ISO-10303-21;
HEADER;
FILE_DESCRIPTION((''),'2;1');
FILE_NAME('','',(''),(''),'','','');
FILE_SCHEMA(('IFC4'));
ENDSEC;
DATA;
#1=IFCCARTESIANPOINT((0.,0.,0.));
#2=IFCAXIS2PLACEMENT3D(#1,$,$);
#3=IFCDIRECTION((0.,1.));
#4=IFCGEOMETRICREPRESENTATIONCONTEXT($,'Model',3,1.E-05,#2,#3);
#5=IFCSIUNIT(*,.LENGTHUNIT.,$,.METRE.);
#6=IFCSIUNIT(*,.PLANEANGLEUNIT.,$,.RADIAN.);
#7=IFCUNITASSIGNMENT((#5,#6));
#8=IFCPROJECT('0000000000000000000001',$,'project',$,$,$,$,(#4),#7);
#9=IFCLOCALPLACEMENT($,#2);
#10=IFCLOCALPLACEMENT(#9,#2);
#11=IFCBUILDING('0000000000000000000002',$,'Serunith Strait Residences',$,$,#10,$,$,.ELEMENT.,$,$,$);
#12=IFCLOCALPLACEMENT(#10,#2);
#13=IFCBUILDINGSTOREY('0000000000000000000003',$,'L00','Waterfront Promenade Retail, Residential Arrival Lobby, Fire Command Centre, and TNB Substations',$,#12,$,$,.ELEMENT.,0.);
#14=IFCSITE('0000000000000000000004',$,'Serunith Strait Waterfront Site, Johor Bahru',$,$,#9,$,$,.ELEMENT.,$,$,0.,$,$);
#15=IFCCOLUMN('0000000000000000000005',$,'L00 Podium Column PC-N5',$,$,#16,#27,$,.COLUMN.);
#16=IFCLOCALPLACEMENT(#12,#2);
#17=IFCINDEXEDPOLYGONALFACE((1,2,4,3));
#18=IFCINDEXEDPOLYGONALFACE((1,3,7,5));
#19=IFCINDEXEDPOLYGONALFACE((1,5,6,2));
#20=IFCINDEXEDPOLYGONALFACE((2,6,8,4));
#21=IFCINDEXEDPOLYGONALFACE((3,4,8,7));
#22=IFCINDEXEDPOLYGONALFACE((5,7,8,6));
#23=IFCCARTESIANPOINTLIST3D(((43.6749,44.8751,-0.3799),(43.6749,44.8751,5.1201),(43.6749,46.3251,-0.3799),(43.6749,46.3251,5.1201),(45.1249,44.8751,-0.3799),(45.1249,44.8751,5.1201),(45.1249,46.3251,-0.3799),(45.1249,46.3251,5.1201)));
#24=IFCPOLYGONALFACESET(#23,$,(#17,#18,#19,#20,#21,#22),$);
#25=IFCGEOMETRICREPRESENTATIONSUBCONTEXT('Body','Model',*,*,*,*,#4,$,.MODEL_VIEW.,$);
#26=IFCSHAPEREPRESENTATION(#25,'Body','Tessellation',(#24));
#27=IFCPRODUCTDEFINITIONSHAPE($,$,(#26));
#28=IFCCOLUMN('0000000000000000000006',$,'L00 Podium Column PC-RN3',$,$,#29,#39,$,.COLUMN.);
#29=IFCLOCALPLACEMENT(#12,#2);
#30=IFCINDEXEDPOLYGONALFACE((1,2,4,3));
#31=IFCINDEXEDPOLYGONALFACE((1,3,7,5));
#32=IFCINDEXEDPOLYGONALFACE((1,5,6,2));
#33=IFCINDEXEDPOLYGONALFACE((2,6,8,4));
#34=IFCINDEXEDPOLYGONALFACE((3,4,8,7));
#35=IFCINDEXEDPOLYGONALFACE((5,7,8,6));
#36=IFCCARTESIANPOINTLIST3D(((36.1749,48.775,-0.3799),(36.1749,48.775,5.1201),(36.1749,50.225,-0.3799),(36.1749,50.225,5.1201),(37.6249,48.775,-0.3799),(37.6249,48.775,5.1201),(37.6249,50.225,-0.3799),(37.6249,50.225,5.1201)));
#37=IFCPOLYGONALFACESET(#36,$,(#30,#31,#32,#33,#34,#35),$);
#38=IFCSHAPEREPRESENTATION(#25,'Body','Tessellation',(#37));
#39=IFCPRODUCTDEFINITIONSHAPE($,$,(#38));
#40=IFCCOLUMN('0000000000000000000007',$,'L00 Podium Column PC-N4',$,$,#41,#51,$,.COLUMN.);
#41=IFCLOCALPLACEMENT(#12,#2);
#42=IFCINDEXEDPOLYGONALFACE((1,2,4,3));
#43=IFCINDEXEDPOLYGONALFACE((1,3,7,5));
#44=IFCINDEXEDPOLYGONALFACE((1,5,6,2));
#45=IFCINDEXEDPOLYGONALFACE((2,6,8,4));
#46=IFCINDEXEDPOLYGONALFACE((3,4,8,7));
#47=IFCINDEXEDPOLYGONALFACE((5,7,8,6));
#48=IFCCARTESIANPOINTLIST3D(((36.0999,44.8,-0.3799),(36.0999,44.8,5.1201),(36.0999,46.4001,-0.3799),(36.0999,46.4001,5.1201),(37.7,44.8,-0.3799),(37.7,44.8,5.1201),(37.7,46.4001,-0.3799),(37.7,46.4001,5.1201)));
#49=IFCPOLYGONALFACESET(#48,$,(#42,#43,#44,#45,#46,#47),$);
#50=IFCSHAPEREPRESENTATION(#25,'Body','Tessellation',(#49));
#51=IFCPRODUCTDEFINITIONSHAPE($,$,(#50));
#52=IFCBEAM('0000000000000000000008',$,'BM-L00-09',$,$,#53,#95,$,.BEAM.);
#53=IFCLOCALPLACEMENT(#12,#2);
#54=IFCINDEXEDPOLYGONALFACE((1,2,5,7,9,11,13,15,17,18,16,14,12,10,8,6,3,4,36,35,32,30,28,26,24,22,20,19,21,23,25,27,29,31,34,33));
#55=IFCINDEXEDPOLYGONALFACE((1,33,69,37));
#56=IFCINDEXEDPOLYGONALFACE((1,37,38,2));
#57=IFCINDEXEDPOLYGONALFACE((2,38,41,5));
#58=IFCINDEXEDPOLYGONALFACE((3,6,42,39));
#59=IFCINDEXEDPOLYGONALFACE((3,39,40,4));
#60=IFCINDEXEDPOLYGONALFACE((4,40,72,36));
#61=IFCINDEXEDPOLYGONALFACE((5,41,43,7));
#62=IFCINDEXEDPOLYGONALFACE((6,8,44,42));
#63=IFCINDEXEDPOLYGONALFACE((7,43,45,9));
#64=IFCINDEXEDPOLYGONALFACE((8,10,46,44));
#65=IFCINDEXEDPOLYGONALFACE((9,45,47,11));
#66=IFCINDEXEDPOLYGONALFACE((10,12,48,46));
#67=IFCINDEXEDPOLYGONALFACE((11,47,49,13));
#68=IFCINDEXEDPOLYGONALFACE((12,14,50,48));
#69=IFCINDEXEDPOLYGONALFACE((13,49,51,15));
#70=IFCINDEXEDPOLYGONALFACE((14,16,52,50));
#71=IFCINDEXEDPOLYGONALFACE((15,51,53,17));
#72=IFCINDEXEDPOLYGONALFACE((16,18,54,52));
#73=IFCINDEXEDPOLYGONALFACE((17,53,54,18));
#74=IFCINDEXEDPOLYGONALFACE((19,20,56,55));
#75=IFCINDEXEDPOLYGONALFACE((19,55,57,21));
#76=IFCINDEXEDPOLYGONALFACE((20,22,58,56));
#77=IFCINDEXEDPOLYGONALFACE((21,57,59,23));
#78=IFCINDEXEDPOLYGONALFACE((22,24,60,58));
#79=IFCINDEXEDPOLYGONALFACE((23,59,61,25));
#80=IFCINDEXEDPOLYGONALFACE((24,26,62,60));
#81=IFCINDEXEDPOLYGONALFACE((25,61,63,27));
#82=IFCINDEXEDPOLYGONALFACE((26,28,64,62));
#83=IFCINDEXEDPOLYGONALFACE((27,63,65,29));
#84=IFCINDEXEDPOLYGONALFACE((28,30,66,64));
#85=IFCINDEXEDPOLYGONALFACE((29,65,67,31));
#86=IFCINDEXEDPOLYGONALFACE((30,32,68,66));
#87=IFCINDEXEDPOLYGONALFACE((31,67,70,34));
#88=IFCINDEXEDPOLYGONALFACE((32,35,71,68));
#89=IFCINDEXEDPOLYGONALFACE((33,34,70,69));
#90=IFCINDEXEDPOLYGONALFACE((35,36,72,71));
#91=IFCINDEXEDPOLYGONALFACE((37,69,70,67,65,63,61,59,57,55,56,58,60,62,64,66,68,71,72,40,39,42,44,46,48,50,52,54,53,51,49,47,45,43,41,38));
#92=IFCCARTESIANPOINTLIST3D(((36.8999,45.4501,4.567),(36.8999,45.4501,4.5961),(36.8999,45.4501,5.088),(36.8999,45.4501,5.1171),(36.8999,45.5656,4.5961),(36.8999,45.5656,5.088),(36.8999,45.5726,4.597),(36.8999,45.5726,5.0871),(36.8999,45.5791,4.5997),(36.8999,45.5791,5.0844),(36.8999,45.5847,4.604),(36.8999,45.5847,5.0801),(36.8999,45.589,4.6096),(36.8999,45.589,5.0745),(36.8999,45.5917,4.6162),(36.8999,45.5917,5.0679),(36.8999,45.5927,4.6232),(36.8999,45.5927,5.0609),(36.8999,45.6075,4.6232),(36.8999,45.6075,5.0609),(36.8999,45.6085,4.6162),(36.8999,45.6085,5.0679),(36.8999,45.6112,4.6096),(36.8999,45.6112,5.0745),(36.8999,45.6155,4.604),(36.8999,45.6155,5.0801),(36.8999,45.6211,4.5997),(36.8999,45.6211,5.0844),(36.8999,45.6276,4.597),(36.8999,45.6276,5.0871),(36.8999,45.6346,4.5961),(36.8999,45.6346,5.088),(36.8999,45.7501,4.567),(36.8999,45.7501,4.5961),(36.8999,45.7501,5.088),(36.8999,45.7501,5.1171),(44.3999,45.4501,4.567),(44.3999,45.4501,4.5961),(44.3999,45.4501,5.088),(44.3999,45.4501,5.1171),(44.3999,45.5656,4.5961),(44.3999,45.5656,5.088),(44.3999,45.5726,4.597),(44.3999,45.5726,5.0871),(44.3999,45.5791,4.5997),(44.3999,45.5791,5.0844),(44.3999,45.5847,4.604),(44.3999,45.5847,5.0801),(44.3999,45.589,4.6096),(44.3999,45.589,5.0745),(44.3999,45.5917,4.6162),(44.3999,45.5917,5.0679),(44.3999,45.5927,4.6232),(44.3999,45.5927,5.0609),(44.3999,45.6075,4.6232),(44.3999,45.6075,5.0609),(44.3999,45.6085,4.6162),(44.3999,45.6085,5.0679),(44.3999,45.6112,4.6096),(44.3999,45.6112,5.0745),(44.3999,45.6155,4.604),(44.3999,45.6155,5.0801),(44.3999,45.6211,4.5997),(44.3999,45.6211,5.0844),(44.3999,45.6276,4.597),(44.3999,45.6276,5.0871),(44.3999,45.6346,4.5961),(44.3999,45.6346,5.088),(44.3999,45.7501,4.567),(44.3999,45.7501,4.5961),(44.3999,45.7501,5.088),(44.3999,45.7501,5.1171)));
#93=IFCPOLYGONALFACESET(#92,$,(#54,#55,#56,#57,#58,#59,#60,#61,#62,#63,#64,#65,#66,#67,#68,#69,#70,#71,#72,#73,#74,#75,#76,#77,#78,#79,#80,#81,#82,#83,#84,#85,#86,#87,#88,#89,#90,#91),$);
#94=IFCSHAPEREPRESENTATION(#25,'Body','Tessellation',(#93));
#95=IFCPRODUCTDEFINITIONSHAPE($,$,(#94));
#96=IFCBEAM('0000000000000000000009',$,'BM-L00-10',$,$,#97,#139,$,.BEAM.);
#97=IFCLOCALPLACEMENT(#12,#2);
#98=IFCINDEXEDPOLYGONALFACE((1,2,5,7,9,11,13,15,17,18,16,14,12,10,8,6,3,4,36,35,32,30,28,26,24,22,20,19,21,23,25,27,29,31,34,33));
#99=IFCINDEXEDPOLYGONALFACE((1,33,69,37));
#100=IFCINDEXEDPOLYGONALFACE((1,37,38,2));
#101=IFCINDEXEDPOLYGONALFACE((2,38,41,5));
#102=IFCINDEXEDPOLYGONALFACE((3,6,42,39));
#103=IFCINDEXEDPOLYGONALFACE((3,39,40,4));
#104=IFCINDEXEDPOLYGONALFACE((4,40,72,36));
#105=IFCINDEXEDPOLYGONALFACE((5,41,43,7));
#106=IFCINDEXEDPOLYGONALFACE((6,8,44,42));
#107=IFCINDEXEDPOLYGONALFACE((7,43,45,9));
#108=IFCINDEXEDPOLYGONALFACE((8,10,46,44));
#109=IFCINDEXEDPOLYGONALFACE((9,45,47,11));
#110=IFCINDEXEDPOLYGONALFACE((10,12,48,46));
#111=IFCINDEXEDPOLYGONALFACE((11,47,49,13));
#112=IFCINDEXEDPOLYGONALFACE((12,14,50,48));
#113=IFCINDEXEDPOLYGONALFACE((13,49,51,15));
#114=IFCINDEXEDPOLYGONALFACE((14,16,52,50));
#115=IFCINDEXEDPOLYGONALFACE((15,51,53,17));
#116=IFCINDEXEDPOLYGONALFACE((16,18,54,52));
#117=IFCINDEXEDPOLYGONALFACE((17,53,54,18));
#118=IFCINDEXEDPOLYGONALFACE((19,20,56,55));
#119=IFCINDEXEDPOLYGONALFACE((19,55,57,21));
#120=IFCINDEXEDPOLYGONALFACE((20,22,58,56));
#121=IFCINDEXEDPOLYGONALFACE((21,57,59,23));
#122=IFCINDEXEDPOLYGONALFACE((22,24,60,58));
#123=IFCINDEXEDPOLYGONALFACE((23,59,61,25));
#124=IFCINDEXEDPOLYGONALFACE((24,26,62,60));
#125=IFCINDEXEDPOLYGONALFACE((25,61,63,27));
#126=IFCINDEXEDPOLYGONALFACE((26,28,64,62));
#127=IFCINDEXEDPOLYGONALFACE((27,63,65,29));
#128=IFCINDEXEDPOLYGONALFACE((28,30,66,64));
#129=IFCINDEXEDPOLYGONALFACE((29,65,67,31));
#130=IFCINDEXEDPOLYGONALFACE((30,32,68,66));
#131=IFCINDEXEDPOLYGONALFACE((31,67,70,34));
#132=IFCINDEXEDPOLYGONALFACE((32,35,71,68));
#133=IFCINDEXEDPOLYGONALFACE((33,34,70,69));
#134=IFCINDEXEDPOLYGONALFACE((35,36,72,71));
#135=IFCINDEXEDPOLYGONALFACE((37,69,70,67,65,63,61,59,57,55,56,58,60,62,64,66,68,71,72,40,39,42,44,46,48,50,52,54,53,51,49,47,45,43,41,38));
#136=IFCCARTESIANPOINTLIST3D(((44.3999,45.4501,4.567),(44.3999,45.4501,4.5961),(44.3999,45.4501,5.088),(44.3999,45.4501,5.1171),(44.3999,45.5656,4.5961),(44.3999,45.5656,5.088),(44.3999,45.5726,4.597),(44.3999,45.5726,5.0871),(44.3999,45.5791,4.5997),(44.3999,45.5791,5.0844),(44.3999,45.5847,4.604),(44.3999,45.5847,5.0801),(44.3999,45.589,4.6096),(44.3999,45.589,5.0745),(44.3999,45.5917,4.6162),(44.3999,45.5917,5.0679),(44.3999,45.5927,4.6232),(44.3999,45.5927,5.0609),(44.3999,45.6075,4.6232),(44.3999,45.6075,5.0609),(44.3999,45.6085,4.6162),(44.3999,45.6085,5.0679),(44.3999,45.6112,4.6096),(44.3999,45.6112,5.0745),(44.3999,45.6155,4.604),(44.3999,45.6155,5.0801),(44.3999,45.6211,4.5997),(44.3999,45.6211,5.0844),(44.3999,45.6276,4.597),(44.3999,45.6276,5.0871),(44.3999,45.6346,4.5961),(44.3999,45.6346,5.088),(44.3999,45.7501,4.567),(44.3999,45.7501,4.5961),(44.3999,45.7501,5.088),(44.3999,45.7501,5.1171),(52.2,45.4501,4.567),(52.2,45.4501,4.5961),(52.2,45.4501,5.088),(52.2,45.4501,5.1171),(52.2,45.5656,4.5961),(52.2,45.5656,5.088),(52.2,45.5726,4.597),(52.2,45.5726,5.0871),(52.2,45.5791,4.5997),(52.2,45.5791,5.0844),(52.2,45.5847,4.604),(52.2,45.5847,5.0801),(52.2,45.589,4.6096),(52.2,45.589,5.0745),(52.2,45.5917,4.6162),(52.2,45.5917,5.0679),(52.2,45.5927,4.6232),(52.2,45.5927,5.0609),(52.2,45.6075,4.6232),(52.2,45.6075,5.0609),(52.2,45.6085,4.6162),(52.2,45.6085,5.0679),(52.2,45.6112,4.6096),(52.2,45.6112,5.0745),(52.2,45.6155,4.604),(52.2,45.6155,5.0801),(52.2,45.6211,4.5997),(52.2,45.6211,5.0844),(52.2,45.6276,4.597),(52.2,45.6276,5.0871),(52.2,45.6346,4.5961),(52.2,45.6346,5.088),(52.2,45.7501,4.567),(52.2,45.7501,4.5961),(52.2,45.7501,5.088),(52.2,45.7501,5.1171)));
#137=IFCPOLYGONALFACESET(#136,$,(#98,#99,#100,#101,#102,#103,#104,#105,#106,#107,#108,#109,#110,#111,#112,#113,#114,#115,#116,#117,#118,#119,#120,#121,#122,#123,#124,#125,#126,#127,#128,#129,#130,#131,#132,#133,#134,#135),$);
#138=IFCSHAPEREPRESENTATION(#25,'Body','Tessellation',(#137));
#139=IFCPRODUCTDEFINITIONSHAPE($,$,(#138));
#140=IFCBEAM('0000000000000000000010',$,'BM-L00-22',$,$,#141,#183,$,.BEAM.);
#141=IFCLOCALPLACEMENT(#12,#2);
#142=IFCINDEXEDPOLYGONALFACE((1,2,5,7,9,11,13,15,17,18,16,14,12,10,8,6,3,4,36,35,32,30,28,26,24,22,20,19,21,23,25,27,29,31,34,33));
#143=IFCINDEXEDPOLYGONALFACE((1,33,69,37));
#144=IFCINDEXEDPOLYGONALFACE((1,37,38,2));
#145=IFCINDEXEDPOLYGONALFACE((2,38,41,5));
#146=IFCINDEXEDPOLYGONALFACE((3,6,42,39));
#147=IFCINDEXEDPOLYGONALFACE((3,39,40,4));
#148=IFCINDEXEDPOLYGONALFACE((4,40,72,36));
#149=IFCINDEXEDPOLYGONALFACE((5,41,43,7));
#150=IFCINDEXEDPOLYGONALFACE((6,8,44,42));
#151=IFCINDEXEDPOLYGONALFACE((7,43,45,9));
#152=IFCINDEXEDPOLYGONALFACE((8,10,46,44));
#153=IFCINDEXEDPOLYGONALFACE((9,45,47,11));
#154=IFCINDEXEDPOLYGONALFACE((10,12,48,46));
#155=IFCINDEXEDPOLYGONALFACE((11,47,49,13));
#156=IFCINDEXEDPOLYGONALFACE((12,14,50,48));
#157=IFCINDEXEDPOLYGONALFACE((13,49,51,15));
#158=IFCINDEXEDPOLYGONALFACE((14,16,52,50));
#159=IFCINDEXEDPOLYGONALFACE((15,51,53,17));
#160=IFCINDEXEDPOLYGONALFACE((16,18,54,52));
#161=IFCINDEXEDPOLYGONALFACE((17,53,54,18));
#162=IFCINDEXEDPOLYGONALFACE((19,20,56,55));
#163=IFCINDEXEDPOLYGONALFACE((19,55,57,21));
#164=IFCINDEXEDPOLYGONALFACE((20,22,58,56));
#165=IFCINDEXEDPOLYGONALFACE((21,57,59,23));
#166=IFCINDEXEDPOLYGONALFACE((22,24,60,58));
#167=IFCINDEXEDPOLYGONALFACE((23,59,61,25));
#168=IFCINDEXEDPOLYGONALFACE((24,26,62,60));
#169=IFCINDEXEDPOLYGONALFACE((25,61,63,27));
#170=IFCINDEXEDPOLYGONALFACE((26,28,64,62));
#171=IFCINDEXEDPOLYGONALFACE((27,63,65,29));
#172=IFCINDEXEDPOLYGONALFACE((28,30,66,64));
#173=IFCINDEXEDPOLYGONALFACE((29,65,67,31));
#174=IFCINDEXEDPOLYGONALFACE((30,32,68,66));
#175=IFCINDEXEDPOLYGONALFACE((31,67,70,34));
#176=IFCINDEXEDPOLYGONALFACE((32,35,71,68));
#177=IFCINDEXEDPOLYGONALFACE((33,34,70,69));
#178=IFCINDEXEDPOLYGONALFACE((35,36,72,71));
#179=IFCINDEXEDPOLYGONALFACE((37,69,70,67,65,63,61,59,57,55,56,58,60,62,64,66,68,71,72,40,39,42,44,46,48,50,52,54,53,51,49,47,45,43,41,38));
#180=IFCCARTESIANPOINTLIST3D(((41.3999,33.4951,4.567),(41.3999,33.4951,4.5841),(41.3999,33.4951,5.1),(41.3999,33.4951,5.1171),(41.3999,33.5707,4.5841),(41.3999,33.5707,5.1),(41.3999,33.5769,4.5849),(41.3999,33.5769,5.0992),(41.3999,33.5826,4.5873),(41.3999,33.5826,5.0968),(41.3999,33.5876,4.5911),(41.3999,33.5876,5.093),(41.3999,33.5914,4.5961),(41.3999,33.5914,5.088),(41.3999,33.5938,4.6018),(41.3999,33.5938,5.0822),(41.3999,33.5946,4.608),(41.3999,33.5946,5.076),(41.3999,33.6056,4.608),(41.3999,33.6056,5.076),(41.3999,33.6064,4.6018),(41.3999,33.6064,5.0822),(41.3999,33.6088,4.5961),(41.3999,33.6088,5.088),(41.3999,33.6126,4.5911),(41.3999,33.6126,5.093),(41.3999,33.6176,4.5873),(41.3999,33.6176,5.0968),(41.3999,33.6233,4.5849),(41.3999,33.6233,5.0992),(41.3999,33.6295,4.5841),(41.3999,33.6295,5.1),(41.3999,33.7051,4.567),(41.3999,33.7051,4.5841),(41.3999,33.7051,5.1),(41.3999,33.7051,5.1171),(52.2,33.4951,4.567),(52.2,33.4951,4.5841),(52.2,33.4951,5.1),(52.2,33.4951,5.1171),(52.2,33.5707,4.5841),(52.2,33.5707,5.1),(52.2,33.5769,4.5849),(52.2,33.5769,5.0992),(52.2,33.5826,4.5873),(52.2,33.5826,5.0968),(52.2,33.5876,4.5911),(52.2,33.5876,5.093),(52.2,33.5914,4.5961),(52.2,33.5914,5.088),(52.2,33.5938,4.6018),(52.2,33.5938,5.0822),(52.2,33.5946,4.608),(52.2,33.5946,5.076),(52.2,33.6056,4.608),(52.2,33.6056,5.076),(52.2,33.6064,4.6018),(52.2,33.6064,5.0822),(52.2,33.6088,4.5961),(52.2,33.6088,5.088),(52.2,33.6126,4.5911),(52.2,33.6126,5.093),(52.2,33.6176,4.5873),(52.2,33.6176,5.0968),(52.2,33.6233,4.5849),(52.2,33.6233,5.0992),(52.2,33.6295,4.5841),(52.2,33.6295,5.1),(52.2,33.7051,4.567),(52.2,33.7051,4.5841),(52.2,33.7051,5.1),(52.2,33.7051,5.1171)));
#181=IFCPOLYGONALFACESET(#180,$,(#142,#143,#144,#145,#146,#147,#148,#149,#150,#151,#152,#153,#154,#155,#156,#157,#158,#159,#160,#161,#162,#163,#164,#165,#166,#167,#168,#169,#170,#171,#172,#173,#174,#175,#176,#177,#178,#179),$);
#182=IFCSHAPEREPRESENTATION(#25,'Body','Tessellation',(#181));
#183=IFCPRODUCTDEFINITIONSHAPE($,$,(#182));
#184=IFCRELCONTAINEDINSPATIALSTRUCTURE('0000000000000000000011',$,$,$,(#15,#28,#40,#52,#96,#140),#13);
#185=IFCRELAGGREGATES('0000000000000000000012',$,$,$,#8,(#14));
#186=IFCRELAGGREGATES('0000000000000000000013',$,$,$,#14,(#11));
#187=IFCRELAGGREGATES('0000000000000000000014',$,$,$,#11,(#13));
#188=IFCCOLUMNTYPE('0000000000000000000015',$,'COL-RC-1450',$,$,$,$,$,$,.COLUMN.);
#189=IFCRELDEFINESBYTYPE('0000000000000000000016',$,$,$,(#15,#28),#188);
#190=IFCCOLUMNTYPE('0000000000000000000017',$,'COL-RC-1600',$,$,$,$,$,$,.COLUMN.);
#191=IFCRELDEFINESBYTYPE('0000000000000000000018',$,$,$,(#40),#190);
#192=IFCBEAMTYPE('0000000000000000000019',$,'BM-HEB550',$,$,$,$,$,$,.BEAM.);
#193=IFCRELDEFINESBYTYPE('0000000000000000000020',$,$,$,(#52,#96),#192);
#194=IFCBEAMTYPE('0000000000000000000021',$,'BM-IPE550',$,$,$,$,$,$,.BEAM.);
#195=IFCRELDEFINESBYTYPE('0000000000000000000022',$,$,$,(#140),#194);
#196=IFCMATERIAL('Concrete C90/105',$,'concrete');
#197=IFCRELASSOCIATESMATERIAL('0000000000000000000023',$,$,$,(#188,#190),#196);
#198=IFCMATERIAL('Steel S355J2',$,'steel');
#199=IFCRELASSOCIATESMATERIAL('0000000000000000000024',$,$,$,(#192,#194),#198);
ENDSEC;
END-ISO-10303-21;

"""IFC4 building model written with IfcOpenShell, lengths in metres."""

from ifc_helpers import new_model, si_unit, direction, frame, origin, origin_2d, place, context, subcontext, project, spatial, rectangle, i_section, extrude, source, transform, mapped, material, material_profile, profile_set, type_object, element, save


model = new_model("IFC4")

# Units and contexts
model_context = context("Model", 3, precision=1e-05, world=origin(), true_north=direction((0.0, 1.0)))
body_context = subcontext(model_context, "Body", "Model", "MODEL_VIEW")
ifc_project = project(units=[si_unit("LENGTHUNIT", "METRE"), si_unit("PLANEANGLEUNIT", "RADIAN")], contexts=[model_context])

# Site, building, storey
site_placement = place(None, origin())
site = spatial("IfcSite", under=ifc_project, at=site_placement, Name="Serunith Strait Waterfront Site, Johor Bahru", CompositionType="ELEMENT", RefElevation=0.0)
building_placement = place(site_placement, origin())
building = spatial("IfcBuilding", under=site, at=building_placement, Name="Serunith Strait Residences", CompositionType="ELEMENT")
storey_placement = place(building_placement, origin())
storey = spatial("IfcBuildingStorey", under=building, at=storey_placement, Name="L00", Description="Waterfront Promenade Retail, Residential Arrival Lobby, Fire Command Centre, and TNB Substations", CompositionType="ELEMENT", Elevation=0.0)

# Columns
ifc_material_1 = material(Name="Concrete C90/105", Category="concrete")
ifc_material_profile_1 = material_profile(ifc_material_1, rectangle(XDim=1.45, YDim=1.45, at=origin_2d()), Name="RC 1450x1450")
ifc_profile_set_1 = profile_set([ifc_material_profile_1], Name="Concrete C90/105")
column_type_1 = type_object("IfcColumnType", Name="COL-RC-1450", PredefinedType="COLUMN", material=ifc_profile_set_1)
shared_shape_1 = source(origin(), body_context, "Body", "SweptSolid", [
    extrude(rectangle(XDim=1.45, YDim=1.45, at=origin_2d()), origin(), (0.0, 0.0, 1.0), 5.5),
])
for number, where, z_axis, x_axis, name in (
    (1, (44.3999, 45.6001, -0.3799), (0.0, 0.0, 1.0), (1.0, 0.0, 0.0), "L00 Podium Column PC-N5"),
    (2, (36.8999, 49.5, -0.3799), (0.0, 0.0, 1.0), (1.0, 0.0, 0.0), "L00 Podium Column PC-RN3"),
):
    element("IfcColumn", number, at=place(storey_placement, frame(where, z_axis=z_axis, x_axis=x_axis)), inside=storey, type_object=column_type_1, Name=name, PredefinedType="COLUMN", context=body_context, shape_type="MappedRepresentation", body=[
        mapped(shared_shape_1, transform((0.0, 0.0, 0.0), scale=1.0)),
    ])
ifc_material_profile_2 = material_profile(ifc_material_1, rectangle(XDim=1.6001, YDim=1.6001, at=origin_2d()), Name="RC 1600x1600")
ifc_profile_set_2 = profile_set([ifc_material_profile_2], Name="Concrete C90/105")
column_type_2 = type_object("IfcColumnType", Name="COL-RC-1600", PredefinedType="COLUMN", material=ifc_profile_set_2)
shared_shape_2 = source(origin(), body_context, "Body", "SweptSolid", [
    extrude(rectangle(XDim=1.6001, YDim=1.6001, at=origin_2d()), origin(), (0.0, 0.0, 1.0), 5.5),
])
column_placement = place(storey_placement, frame((36.8999, 45.6001, -0.3799), z_axis=(0.0, 0.0, 1.0), x_axis=(1.0, 0.0, 0.0)))
element("IfcColumn", 3, at=column_placement, inside=storey, type_object=column_type_2, Name="L00 Podium Column PC-N4", PredefinedType="COLUMN", context=body_context, shape_type="MappedRepresentation", body=[
    mapped(shared_shape_2, transform((0.0, 0.0, 0.0), scale=1.0)),
])

# Beams
ifc_material_2 = material(Name="Steel S355J2", Category="steel")
ifc_material_profile_3 = material_profile(ifc_material_2, i_section(OverallWidth=0.3, OverallDepth=0.55, WebThickness=0.0149, FlangeThickness=0.0291, FilletRadius=0.0271, at=origin_2d()), Name="HEB 550")
ifc_profile_set_3 = profile_set([ifc_material_profile_3], Name="Steel S355J2")
beam_type_1 = type_object("IfcBeamType", Name="BM-HEB550", PredefinedType="BEAM", material=ifc_profile_set_3)
shared_shape_3 = source(origin(), body_context, "Body", "SweptSolid", [
    extrude(i_section(OverallWidth=0.3, OverallDepth=0.55, WebThickness=0.0149, FlangeThickness=0.0291, FilletRadius=0.0271, at=origin_2d()), origin(), (0.0, 0.0, 1.0), 7.5),
])
beam_1_placement = place(storey_placement, frame((36.8999, 45.6001, 4.842), z_axis=(1.0, 0.0, 0.0), x_axis=(0.0, 1.0, 0.0)))
element("IfcBeam", 4, at=beam_1_placement, inside=storey, type_object=beam_type_1, Name="BM-L00-09", PredefinedType="BEAM", context=body_context, shape_type="MappedRepresentation", body=[
    mapped(shared_shape_3, transform((0.0, 0.0, 0.0), scale=1.0)),
])
shared_shape_4 = source(origin(), body_context, "Body", "SweptSolid", [
    extrude(i_section(OverallWidth=0.3, OverallDepth=0.55, WebThickness=0.0149, FlangeThickness=0.0291, FilletRadius=0.0271, at=origin_2d()), origin(), (0.0, 0.0, 1.0), 7.8),
])
beam_2_placement = place(storey_placement, frame((44.3999, 45.6001, 4.842), z_axis=(1.0, 0.0, 0.0), x_axis=(0.0, 1.0, 0.0)))
element("IfcBeam", 5, at=beam_2_placement, inside=storey, type_object=beam_type_1, Name="BM-L00-10", PredefinedType="BEAM", context=body_context, shape_type="MappedRepresentation", body=[
    mapped(shared_shape_4, transform((0.0, 0.0, 0.0), scale=1.0)),
])
ifc_material_profile_4 = material_profile(ifc_material_2, i_section(OverallWidth=0.21, OverallDepth=0.55, WebThickness=0.011, FlangeThickness=0.0171, FilletRadius=0.0239, at=origin_2d()), Name="IPE 550")
ifc_profile_set_4 = profile_set([ifc_material_profile_4], Name="Steel S355J2")
beam_type_2 = type_object("IfcBeamType", Name="BM-IPE550", PredefinedType="BEAM", material=ifc_profile_set_4)
shared_shape_5 = source(origin(), body_context, "Body", "SweptSolid", [
    extrude(i_section(OverallWidth=0.21, OverallDepth=0.55, WebThickness=0.011, FlangeThickness=0.0171, FilletRadius=0.0239, at=origin_2d()), origin(), (0.0, 0.0, 1.0), 10.8),
])
beam_3_placement = place(storey_placement, frame((41.3999, 33.6001, 4.842), z_axis=(1.0, 0.0, 0.0), x_axis=(0.0, 1.0, 0.0)))
element("IfcBeam", 6, at=beam_3_placement, inside=storey, type_object=beam_type_2, Name="BM-L00-22", PredefinedType="BEAM", context=body_context, shape_type="MappedRepresentation", body=[
    mapped(shared_shape_5, transform((0.0, 0.0, 0.0), scale=1.0)),
])

save(model, "model.ifc")
